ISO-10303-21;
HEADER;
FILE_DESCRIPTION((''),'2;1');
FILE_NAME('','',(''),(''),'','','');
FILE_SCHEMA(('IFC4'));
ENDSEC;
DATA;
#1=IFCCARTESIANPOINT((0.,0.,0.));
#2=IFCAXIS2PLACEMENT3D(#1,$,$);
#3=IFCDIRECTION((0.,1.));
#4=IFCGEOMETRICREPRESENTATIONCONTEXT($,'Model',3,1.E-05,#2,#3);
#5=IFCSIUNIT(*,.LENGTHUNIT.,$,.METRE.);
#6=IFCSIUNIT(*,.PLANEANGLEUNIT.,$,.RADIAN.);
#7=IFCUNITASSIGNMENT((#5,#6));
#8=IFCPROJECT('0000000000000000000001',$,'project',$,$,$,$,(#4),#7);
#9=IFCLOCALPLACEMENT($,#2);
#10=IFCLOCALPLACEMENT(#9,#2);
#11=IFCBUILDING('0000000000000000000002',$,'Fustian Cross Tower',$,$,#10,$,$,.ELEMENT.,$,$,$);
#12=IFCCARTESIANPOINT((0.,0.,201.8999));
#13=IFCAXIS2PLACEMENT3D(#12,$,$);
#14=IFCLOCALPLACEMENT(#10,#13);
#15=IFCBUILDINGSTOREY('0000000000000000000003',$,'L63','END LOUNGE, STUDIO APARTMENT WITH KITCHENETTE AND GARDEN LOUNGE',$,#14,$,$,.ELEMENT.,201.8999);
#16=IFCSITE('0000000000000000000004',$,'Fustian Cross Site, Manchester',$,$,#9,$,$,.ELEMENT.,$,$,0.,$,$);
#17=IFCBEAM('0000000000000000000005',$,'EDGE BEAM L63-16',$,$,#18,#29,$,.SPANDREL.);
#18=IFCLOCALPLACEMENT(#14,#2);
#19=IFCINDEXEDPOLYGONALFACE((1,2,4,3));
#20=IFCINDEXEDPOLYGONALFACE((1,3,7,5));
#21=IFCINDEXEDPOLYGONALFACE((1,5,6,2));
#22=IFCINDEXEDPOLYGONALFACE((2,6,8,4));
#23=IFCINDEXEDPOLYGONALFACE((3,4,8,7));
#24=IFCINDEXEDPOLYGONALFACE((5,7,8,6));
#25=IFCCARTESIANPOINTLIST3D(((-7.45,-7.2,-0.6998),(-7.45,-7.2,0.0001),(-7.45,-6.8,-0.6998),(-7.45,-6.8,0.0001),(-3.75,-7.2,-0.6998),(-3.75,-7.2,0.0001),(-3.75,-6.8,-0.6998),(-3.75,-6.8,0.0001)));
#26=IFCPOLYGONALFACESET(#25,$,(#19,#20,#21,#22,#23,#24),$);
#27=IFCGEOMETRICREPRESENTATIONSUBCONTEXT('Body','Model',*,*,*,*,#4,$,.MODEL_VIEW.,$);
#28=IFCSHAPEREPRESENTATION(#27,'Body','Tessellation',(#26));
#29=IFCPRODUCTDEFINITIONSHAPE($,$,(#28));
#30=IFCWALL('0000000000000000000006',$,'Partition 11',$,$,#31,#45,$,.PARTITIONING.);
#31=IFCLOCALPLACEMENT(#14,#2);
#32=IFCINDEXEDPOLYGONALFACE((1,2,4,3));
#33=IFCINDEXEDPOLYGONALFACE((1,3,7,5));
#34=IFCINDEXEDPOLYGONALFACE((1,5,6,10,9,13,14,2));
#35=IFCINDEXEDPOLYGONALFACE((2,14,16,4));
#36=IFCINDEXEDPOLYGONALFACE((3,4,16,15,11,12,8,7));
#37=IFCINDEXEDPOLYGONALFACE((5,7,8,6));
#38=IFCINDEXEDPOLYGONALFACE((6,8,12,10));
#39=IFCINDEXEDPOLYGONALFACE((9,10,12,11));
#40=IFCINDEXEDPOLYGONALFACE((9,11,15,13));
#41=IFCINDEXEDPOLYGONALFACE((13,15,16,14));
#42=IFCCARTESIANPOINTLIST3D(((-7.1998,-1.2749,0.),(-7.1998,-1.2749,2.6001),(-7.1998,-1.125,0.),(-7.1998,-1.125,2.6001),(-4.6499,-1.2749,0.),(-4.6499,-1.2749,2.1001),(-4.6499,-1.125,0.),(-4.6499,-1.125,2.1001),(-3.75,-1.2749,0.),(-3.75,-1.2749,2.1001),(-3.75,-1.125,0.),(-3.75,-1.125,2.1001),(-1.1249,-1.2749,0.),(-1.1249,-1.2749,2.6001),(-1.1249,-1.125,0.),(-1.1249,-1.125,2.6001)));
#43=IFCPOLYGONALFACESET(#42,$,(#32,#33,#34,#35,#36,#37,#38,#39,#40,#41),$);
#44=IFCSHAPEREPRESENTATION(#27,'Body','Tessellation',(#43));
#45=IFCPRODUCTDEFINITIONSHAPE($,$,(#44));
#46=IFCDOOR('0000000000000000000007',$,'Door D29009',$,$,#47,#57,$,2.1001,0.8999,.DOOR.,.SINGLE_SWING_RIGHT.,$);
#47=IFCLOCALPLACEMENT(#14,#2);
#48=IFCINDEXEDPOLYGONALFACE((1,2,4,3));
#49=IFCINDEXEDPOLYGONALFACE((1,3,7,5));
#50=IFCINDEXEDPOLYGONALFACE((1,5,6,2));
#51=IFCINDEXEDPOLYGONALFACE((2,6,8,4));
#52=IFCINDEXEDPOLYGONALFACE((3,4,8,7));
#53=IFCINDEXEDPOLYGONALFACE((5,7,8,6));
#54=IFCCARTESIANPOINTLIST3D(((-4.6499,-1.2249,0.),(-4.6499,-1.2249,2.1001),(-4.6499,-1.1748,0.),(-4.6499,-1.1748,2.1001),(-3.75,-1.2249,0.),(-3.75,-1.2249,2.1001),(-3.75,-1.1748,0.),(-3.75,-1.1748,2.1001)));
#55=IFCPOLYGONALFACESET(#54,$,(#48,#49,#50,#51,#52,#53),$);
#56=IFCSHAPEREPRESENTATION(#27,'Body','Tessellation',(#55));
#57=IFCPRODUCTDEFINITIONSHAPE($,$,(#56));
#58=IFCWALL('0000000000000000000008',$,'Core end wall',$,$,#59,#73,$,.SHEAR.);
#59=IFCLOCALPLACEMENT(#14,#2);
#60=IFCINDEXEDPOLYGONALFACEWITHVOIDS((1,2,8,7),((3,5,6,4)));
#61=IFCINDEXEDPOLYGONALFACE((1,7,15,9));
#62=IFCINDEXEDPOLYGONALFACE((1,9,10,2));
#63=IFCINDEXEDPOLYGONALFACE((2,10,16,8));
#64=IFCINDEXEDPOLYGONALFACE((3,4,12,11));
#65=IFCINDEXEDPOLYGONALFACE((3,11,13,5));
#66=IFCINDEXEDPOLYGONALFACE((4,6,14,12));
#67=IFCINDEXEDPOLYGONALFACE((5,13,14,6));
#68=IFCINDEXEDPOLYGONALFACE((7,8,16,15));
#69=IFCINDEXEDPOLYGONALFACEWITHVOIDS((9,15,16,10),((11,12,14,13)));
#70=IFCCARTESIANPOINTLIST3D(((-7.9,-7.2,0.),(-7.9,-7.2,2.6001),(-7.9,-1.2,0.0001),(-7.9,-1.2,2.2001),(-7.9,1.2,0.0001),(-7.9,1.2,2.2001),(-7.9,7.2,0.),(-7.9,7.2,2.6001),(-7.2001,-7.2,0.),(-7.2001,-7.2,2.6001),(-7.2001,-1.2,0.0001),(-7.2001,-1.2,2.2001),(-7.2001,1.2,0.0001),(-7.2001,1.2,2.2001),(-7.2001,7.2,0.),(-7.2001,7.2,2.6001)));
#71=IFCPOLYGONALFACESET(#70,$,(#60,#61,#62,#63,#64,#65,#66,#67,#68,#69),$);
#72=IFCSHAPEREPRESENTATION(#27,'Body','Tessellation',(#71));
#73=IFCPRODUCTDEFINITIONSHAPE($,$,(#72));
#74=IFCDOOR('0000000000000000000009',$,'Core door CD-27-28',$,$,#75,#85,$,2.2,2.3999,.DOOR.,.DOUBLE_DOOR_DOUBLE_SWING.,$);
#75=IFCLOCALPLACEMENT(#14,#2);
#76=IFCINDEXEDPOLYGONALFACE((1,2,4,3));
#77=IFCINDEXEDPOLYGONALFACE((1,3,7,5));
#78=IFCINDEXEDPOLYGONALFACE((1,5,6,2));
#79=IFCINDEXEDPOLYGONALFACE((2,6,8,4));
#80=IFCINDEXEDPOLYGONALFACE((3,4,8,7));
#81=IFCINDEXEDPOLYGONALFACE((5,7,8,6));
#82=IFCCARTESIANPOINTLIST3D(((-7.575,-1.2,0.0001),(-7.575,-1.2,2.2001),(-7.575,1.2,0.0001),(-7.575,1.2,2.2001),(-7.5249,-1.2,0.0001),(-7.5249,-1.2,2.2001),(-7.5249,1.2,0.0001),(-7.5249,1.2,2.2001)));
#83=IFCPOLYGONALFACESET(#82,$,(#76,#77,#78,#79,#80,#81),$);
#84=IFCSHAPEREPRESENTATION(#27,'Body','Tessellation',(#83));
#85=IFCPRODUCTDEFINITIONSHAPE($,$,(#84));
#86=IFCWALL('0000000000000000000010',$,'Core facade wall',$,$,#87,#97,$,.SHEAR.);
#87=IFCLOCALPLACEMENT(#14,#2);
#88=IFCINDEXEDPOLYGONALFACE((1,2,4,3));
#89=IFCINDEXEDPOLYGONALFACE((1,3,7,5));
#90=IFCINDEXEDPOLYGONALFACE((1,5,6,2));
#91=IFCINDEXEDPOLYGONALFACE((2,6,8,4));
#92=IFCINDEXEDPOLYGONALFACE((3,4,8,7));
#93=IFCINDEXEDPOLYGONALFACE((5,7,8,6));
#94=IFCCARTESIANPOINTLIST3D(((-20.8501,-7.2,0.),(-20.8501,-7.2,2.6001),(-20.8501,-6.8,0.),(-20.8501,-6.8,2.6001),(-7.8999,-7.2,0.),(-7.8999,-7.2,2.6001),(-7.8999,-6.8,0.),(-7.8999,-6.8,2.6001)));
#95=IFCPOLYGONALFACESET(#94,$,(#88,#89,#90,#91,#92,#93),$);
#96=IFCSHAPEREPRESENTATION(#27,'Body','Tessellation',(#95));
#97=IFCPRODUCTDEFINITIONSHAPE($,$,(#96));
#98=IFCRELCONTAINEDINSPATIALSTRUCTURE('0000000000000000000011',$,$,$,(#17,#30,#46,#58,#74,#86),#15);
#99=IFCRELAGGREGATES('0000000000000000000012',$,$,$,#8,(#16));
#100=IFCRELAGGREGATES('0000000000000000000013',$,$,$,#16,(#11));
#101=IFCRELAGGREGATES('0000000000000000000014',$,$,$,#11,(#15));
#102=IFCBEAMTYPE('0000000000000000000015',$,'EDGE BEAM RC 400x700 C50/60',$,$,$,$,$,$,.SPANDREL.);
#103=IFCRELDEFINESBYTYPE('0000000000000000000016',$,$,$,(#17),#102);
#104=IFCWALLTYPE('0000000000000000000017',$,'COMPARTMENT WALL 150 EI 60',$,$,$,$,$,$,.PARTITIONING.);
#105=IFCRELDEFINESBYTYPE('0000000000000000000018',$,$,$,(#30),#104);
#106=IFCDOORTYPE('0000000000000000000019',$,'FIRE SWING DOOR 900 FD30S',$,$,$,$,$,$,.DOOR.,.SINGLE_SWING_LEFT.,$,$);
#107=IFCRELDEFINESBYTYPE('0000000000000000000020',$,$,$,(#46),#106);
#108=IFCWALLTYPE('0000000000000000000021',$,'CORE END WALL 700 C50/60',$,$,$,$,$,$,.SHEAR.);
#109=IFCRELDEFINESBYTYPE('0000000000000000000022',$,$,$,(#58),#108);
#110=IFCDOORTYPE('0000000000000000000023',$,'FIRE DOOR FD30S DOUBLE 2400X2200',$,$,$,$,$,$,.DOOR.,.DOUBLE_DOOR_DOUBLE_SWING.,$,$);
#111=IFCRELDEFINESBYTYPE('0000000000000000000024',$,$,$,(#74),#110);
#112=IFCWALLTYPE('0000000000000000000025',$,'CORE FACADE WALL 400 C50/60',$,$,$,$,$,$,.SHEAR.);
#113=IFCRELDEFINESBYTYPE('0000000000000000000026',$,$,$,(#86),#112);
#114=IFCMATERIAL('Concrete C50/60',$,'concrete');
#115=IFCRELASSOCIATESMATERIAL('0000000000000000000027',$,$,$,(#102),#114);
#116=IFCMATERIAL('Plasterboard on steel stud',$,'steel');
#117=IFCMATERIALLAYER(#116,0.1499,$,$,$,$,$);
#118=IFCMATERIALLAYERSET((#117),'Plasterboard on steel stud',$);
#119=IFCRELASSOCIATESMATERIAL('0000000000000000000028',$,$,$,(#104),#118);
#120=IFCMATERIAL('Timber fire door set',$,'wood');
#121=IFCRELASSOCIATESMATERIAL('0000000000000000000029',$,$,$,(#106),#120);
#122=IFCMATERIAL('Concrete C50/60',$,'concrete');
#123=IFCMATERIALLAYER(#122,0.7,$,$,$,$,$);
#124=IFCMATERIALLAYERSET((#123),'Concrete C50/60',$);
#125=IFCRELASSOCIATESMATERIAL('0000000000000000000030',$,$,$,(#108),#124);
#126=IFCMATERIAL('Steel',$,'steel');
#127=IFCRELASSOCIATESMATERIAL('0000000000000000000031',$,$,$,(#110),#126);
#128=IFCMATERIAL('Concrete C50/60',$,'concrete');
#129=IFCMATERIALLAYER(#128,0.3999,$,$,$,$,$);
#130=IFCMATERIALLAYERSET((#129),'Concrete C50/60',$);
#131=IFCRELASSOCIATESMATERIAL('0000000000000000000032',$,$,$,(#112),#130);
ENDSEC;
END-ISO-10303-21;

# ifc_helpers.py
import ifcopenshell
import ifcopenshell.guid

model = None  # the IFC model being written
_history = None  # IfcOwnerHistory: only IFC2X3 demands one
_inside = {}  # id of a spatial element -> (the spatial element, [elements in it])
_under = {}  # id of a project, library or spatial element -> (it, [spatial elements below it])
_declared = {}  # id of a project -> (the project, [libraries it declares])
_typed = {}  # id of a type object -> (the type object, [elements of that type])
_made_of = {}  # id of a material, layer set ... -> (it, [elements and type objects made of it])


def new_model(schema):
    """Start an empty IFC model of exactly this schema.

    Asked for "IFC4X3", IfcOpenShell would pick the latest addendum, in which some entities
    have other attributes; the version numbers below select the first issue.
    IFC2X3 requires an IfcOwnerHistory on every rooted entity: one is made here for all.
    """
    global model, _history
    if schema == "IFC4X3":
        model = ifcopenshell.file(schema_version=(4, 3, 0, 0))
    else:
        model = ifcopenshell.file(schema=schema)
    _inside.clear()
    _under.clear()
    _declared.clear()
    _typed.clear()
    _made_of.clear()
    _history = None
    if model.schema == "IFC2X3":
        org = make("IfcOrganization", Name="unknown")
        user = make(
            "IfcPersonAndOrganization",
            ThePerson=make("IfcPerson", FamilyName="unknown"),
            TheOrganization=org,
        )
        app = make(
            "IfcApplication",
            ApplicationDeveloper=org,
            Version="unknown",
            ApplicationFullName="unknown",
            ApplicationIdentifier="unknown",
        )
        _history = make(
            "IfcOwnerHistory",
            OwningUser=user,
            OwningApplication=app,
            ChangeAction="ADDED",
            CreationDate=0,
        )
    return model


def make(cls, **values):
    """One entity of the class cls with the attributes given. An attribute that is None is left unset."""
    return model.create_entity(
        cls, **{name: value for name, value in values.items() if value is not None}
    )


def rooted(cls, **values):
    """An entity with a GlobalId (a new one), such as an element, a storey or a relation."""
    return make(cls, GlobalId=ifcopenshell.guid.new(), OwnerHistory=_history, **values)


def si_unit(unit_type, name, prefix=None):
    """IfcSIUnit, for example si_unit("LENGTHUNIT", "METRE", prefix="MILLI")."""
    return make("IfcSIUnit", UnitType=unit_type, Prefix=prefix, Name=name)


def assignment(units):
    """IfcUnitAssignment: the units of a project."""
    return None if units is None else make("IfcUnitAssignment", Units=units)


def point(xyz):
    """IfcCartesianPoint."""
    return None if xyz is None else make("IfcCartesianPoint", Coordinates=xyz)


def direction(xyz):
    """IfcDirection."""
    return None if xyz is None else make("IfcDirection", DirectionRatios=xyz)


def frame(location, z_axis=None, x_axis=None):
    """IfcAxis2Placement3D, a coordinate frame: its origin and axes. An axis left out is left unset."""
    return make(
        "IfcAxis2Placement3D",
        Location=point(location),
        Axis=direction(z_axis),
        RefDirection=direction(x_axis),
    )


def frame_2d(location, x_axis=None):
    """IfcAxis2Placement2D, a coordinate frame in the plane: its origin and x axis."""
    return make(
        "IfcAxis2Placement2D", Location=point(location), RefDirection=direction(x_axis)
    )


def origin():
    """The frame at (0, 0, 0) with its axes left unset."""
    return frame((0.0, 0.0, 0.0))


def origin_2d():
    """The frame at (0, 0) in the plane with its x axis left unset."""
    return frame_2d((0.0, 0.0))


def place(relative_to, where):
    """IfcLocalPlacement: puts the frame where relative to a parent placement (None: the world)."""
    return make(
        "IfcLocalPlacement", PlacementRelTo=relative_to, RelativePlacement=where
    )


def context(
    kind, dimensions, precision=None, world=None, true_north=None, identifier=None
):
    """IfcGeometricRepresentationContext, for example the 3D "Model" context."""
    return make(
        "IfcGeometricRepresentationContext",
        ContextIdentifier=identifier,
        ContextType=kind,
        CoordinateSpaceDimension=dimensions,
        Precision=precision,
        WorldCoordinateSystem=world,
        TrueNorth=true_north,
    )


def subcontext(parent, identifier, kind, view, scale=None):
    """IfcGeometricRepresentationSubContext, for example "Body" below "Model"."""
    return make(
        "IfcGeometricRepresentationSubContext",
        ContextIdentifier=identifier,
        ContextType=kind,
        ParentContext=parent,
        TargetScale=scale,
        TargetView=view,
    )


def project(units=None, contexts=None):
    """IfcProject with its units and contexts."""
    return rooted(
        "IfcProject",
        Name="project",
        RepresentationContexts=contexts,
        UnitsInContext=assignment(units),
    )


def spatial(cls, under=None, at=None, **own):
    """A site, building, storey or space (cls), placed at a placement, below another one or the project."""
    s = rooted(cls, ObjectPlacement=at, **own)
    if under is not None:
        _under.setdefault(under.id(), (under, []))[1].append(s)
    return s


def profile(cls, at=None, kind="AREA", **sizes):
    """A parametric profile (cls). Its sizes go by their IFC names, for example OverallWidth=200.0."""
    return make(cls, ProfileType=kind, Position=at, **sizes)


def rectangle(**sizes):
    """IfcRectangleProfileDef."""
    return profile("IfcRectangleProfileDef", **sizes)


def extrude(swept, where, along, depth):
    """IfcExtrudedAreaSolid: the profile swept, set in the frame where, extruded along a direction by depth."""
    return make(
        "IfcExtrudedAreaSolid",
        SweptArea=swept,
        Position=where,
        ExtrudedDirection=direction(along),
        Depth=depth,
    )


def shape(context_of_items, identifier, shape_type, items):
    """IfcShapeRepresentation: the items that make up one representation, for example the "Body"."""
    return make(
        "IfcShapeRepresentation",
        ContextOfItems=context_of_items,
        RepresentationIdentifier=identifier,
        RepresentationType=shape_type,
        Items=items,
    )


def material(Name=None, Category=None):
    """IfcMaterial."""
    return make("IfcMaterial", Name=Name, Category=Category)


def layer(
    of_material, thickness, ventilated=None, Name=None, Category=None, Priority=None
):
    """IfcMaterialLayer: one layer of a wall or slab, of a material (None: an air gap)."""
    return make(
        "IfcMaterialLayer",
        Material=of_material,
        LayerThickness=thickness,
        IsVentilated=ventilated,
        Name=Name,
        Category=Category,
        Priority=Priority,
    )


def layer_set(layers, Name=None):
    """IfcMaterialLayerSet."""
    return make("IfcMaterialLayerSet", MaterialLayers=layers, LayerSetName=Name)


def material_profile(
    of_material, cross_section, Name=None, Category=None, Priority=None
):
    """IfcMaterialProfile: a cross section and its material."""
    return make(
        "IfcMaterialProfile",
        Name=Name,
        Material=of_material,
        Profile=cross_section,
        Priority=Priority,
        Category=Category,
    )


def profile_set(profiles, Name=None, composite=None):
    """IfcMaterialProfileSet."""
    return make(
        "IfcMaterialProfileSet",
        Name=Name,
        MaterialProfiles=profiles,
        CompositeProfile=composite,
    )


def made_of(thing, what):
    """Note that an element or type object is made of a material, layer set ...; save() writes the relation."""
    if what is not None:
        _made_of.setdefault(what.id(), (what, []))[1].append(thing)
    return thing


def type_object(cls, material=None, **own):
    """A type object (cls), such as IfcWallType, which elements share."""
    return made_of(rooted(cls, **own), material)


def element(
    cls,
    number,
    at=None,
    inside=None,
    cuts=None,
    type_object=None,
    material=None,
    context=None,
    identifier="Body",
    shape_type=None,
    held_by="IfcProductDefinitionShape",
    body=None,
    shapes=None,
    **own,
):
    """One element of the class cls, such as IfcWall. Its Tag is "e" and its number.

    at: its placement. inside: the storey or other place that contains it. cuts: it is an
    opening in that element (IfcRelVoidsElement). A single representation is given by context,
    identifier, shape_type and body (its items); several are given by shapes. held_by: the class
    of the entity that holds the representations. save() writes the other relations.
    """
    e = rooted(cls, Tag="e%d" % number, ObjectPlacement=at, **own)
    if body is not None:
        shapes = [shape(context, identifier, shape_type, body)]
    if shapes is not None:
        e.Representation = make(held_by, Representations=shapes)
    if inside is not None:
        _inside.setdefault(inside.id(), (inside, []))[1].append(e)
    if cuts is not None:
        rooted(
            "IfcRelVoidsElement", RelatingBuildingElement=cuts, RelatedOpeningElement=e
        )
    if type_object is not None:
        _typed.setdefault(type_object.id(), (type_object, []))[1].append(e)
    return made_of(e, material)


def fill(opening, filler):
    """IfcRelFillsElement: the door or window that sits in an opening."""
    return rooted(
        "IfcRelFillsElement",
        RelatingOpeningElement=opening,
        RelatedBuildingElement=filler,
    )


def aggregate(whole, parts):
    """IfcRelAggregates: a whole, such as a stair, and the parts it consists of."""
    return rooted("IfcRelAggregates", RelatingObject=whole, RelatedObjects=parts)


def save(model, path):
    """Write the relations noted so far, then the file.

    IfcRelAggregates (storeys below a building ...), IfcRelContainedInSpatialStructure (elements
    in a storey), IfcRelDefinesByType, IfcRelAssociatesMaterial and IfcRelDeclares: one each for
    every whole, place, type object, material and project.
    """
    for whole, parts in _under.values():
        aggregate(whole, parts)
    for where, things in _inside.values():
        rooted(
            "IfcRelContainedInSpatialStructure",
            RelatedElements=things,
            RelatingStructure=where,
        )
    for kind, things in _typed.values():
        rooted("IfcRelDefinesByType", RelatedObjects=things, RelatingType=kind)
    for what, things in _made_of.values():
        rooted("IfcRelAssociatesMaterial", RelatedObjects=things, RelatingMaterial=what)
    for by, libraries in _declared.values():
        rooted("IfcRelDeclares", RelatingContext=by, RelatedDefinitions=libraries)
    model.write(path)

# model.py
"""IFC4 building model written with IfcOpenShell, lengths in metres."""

from ifc_helpers import new_model, si_unit, direction, frame, frame_2d, origin, origin_2d, place, context, subcontext, project, spatial, rectangle, extrude, material, layer, layer_set, material_profile, profile_set, type_object, element, fill, save


model = new_model("IFC4")

# Units and contexts
model_context = context("Model", 3, precision=1e-05, world=origin(), true_north=direction((0.0, 1.0)))
body_context = subcontext(model_context, "Body", "Model", "MODEL_VIEW")
ifc_project = project(units=[si_unit("LENGTHUNIT", "METRE"), si_unit("PLANEANGLEUNIT", "RADIAN")], contexts=[model_context])

# Site, building, storey
site_placement = place(None, origin())
site = spatial("IfcSite", under=ifc_project, at=site_placement, Name="Fustian Cross Site, Manchester", CompositionType="ELEMENT", RefElevation=0.0)
building_placement = place(site_placement, origin())
building = spatial("IfcBuilding", under=site, at=building_placement, Name="Fustian Cross Tower", CompositionType="ELEMENT")
storey_placement = place(building_placement, frame((0.0, 0.0, 201.8999)))
storey = spatial("IfcBuildingStorey", under=building, at=storey_placement, Name="L63", Description="END LOUNGE, STUDIO APARTMENT WITH KITCHENETTE AND GARDEN LOUNGE", CompositionType="ELEMENT", Elevation=201.8999)

# Beam
ifc_material_1 = material(Name="Concrete C50/60", Category="concrete")
ifc_material_profile = material_profile(ifc_material_1, rectangle(XDim=0.3999, YDim=0.7, at=origin_2d()), Name="RC 400x700")
ifc_profile_set = profile_set([ifc_material_profile], Name="Concrete C50/60")
beam_type = type_object("IfcBeamType", Name="EDGE BEAM RC 400x700 C50/60", PredefinedType="SPANDREL", material=ifc_profile_set)
beam_placement = place(storey_placement, frame((-7.45, -7.0, -0.3499), z_axis=(1.0, 0.0, 0.0), x_axis=(0.0, 1.0, 0.0)))
element("IfcBeam", 1, at=beam_placement, inside=storey, type_object=beam_type, Name="EDGE BEAM L63-16", PredefinedType="SPANDREL", context=body_context, shape_type="SweptSolid", body=[
    extrude(rectangle(XDim=0.3999, YDim=0.7, at=origin_2d()), origin(), (0.0, 0.0, 1.0), 3.7),
])

# Walls, openings, doors
ifc_material_2 = material(Name="Plasterboard on steel stud", Category="steel")
ifc_layer_1 = layer(ifc_material_2, 0.1499)
ifc_layer_set_1 = layer_set([ifc_layer_1], Name="Plasterboard on steel stud")
wall_type_1 = type_object("IfcWallType", Name="COMPARTMENT WALL 150 EI 60", PredefinedType="PARTITIONING", material=ifc_layer_set_1)
wall_1_placement = place(storey_placement, frame((-7.2, -1.2, 0.0), z_axis=(0.0, 0.0, 1.0), x_axis=(1.0, 0.0, 0.0)))
wall_1 = element("IfcWall", 2, at=wall_1_placement, inside=storey, type_object=wall_type_1, Name="Partition 11", PredefinedType="PARTITIONING", context=body_context, shape_type="SweptSolid", body=[
    extrude(rectangle(XDim=6.075, YDim=0.1499, at=frame_2d((3.0376, 0.0))), origin(), (0.0, 0.0, 1.0), 2.6001),
])
opening_1_placement = place(wall_1_placement, frame((2.55, 0.0, 0.0)))
opening_1 = element("IfcOpeningElement", 3, at=opening_1_placement, cuts=wall_1, PredefinedType="OPENING", context=body_context, shape_type="SweptSolid", body=[
    extrude(rectangle(XDim=0.8999, YDim=2.1001, at=frame_2d((0.45, 1.05))), frame((0.0, 0.085, 0.0), z_axis=(0.0, -1.0, 0.0), x_axis=(1.0, 0.0, 0.0)), (0.0, 0.0, 1.0), 0.1699),
])
ifc_material_3 = material(Name="Timber fire door set", Category="wood")
door_type_1 = type_object("IfcDoorType", Name="FIRE SWING DOOR 900 FD30S", OperationType="SINGLE_SWING_LEFT", PredefinedType="DOOR", material=ifc_material_3)
door_1_placement = place(opening_1_placement, frame((0.8999, 0.0, 0.0), z_axis=(0.0, 0.0, 1.0), x_axis=(-1.0, 0.0, 0.0)))
door_1 = element("IfcDoor", 4, at=door_1_placement, inside=storey, type_object=door_type_1, Name="Door D29009", OperationType="SINGLE_SWING_RIGHT", OverallHeight=2.1001, OverallWidth=0.8999, PredefinedType="DOOR", context=body_context, shape_type="SweptSolid", body=[
    extrude(rectangle(XDim=0.8999, YDim=2.1001, at=frame_2d((0.45, 1.05))), frame((0.0, 0.0249, 0.0), z_axis=(0.0, -1.0, 0.0), x_axis=(1.0, 0.0, 0.0)), (0.0, 0.0, 1.0), 0.05),
])
fill(opening_1, door_1)
ifc_material_4 = material(Name="Concrete C50/60", Category="concrete")
ifc_layer_2 = layer(ifc_material_4, 0.7)
ifc_layer_set_2 = layer_set([ifc_layer_2], Name="Concrete C50/60")
wall_type_2 = type_object("IfcWallType", Name="CORE END WALL 700 C50/60", PredefinedType="SHEAR", material=ifc_layer_set_2)
wall_2_placement = place(storey_placement, frame((-7.55, -7.2, 0.0), z_axis=(0.0, 0.0, 1.0), x_axis=(0.0, 1.0, 0.0)))
wall_2 = element("IfcWall", 5, at=wall_2_placement, inside=storey, type_object=wall_type_2, Name="Core end wall", PredefinedType="SHEAR", context=body_context, shape_type="SweptSolid", body=[
    extrude(rectangle(XDim=14.3999, YDim=0.7, at=frame_2d((7.2, 0.0))), origin(), (0.0, 0.0, 1.0), 2.6001),
])
opening_2_placement = place(wall_2_placement, frame((6.0, 0.0, 0.0)))
opening_2 = element("IfcOpeningElement", 6, at=opening_2_placement, cuts=wall_2, PredefinedType="OPENING", context=body_context, shape_type="SweptSolid", body=[
    extrude(rectangle(XDim=2.3999, YDim=2.2, at=frame_2d((1.2, 1.1001))), frame((0.0, 0.3599, 0.0), z_axis=(0.0, -1.0, 0.0), x_axis=(1.0, 0.0, 0.0)), (0.0, 0.0, 1.0), 0.72),
])
ifc_material_5 = material(Name="Steel", Category="steel")
door_type_2 = type_object("IfcDoorType", Name="FIRE DOOR FD30S DOUBLE 2400X2200", OperationType="DOUBLE_DOOR_DOUBLE_SWING", PredefinedType="DOOR", material=ifc_material_5)
door_2_placement = place(opening_2_placement, origin())
door_2 = element("IfcDoor", 7, at=door_2_placement, inside=storey, type_object=door_type_2, Name="Core door CD-27-28", OperationType="DOUBLE_DOOR_DOUBLE_SWING", OverallHeight=2.2, OverallWidth=2.3999, PredefinedType="DOOR", context=body_context, shape_type="SweptSolid", body=[
    extrude(rectangle(XDim=2.3999, YDim=2.2, at=frame_2d((1.2, 1.1001))), frame((0.0, 0.0249, 0.0), z_axis=(0.0, -1.0, 0.0), x_axis=(1.0, 0.0, 0.0)), (0.0, 0.0, 1.0), 0.05),
])
fill(opening_2, door_2)

# Wall
ifc_material_6 = material(Name="Concrete C50/60", Category="concrete")
ifc_layer_3 = layer(ifc_material_6, 0.3999)
ifc_layer_set_3 = layer_set([ifc_layer_3], Name="Concrete C50/60")
wall_type_3 = type_object("IfcWallType", Name="CORE FACADE WALL 400 C50/60", PredefinedType="SHEAR", material=ifc_layer_set_3)
wall_3_placement = place(storey_placement, frame((-7.8999, -7.0, 0.0), z_axis=(0.0, 0.0, 1.0), x_axis=(-1.0, 0.0, 0.0)))
element("IfcWall", 8, at=wall_3_placement, inside=storey, type_object=wall_type_3, Name="Core facade wall", PredefinedType="SHEAR", context=body_context, shape_type="SweptSolid", body=[
    extrude(rectangle(XDim=12.9502, YDim=0.3999, at=frame_2d((6.4751, 0.0))), origin(), (0.0, 0.0, 1.0), 2.6001),
])

save(model, "model.ifc")
